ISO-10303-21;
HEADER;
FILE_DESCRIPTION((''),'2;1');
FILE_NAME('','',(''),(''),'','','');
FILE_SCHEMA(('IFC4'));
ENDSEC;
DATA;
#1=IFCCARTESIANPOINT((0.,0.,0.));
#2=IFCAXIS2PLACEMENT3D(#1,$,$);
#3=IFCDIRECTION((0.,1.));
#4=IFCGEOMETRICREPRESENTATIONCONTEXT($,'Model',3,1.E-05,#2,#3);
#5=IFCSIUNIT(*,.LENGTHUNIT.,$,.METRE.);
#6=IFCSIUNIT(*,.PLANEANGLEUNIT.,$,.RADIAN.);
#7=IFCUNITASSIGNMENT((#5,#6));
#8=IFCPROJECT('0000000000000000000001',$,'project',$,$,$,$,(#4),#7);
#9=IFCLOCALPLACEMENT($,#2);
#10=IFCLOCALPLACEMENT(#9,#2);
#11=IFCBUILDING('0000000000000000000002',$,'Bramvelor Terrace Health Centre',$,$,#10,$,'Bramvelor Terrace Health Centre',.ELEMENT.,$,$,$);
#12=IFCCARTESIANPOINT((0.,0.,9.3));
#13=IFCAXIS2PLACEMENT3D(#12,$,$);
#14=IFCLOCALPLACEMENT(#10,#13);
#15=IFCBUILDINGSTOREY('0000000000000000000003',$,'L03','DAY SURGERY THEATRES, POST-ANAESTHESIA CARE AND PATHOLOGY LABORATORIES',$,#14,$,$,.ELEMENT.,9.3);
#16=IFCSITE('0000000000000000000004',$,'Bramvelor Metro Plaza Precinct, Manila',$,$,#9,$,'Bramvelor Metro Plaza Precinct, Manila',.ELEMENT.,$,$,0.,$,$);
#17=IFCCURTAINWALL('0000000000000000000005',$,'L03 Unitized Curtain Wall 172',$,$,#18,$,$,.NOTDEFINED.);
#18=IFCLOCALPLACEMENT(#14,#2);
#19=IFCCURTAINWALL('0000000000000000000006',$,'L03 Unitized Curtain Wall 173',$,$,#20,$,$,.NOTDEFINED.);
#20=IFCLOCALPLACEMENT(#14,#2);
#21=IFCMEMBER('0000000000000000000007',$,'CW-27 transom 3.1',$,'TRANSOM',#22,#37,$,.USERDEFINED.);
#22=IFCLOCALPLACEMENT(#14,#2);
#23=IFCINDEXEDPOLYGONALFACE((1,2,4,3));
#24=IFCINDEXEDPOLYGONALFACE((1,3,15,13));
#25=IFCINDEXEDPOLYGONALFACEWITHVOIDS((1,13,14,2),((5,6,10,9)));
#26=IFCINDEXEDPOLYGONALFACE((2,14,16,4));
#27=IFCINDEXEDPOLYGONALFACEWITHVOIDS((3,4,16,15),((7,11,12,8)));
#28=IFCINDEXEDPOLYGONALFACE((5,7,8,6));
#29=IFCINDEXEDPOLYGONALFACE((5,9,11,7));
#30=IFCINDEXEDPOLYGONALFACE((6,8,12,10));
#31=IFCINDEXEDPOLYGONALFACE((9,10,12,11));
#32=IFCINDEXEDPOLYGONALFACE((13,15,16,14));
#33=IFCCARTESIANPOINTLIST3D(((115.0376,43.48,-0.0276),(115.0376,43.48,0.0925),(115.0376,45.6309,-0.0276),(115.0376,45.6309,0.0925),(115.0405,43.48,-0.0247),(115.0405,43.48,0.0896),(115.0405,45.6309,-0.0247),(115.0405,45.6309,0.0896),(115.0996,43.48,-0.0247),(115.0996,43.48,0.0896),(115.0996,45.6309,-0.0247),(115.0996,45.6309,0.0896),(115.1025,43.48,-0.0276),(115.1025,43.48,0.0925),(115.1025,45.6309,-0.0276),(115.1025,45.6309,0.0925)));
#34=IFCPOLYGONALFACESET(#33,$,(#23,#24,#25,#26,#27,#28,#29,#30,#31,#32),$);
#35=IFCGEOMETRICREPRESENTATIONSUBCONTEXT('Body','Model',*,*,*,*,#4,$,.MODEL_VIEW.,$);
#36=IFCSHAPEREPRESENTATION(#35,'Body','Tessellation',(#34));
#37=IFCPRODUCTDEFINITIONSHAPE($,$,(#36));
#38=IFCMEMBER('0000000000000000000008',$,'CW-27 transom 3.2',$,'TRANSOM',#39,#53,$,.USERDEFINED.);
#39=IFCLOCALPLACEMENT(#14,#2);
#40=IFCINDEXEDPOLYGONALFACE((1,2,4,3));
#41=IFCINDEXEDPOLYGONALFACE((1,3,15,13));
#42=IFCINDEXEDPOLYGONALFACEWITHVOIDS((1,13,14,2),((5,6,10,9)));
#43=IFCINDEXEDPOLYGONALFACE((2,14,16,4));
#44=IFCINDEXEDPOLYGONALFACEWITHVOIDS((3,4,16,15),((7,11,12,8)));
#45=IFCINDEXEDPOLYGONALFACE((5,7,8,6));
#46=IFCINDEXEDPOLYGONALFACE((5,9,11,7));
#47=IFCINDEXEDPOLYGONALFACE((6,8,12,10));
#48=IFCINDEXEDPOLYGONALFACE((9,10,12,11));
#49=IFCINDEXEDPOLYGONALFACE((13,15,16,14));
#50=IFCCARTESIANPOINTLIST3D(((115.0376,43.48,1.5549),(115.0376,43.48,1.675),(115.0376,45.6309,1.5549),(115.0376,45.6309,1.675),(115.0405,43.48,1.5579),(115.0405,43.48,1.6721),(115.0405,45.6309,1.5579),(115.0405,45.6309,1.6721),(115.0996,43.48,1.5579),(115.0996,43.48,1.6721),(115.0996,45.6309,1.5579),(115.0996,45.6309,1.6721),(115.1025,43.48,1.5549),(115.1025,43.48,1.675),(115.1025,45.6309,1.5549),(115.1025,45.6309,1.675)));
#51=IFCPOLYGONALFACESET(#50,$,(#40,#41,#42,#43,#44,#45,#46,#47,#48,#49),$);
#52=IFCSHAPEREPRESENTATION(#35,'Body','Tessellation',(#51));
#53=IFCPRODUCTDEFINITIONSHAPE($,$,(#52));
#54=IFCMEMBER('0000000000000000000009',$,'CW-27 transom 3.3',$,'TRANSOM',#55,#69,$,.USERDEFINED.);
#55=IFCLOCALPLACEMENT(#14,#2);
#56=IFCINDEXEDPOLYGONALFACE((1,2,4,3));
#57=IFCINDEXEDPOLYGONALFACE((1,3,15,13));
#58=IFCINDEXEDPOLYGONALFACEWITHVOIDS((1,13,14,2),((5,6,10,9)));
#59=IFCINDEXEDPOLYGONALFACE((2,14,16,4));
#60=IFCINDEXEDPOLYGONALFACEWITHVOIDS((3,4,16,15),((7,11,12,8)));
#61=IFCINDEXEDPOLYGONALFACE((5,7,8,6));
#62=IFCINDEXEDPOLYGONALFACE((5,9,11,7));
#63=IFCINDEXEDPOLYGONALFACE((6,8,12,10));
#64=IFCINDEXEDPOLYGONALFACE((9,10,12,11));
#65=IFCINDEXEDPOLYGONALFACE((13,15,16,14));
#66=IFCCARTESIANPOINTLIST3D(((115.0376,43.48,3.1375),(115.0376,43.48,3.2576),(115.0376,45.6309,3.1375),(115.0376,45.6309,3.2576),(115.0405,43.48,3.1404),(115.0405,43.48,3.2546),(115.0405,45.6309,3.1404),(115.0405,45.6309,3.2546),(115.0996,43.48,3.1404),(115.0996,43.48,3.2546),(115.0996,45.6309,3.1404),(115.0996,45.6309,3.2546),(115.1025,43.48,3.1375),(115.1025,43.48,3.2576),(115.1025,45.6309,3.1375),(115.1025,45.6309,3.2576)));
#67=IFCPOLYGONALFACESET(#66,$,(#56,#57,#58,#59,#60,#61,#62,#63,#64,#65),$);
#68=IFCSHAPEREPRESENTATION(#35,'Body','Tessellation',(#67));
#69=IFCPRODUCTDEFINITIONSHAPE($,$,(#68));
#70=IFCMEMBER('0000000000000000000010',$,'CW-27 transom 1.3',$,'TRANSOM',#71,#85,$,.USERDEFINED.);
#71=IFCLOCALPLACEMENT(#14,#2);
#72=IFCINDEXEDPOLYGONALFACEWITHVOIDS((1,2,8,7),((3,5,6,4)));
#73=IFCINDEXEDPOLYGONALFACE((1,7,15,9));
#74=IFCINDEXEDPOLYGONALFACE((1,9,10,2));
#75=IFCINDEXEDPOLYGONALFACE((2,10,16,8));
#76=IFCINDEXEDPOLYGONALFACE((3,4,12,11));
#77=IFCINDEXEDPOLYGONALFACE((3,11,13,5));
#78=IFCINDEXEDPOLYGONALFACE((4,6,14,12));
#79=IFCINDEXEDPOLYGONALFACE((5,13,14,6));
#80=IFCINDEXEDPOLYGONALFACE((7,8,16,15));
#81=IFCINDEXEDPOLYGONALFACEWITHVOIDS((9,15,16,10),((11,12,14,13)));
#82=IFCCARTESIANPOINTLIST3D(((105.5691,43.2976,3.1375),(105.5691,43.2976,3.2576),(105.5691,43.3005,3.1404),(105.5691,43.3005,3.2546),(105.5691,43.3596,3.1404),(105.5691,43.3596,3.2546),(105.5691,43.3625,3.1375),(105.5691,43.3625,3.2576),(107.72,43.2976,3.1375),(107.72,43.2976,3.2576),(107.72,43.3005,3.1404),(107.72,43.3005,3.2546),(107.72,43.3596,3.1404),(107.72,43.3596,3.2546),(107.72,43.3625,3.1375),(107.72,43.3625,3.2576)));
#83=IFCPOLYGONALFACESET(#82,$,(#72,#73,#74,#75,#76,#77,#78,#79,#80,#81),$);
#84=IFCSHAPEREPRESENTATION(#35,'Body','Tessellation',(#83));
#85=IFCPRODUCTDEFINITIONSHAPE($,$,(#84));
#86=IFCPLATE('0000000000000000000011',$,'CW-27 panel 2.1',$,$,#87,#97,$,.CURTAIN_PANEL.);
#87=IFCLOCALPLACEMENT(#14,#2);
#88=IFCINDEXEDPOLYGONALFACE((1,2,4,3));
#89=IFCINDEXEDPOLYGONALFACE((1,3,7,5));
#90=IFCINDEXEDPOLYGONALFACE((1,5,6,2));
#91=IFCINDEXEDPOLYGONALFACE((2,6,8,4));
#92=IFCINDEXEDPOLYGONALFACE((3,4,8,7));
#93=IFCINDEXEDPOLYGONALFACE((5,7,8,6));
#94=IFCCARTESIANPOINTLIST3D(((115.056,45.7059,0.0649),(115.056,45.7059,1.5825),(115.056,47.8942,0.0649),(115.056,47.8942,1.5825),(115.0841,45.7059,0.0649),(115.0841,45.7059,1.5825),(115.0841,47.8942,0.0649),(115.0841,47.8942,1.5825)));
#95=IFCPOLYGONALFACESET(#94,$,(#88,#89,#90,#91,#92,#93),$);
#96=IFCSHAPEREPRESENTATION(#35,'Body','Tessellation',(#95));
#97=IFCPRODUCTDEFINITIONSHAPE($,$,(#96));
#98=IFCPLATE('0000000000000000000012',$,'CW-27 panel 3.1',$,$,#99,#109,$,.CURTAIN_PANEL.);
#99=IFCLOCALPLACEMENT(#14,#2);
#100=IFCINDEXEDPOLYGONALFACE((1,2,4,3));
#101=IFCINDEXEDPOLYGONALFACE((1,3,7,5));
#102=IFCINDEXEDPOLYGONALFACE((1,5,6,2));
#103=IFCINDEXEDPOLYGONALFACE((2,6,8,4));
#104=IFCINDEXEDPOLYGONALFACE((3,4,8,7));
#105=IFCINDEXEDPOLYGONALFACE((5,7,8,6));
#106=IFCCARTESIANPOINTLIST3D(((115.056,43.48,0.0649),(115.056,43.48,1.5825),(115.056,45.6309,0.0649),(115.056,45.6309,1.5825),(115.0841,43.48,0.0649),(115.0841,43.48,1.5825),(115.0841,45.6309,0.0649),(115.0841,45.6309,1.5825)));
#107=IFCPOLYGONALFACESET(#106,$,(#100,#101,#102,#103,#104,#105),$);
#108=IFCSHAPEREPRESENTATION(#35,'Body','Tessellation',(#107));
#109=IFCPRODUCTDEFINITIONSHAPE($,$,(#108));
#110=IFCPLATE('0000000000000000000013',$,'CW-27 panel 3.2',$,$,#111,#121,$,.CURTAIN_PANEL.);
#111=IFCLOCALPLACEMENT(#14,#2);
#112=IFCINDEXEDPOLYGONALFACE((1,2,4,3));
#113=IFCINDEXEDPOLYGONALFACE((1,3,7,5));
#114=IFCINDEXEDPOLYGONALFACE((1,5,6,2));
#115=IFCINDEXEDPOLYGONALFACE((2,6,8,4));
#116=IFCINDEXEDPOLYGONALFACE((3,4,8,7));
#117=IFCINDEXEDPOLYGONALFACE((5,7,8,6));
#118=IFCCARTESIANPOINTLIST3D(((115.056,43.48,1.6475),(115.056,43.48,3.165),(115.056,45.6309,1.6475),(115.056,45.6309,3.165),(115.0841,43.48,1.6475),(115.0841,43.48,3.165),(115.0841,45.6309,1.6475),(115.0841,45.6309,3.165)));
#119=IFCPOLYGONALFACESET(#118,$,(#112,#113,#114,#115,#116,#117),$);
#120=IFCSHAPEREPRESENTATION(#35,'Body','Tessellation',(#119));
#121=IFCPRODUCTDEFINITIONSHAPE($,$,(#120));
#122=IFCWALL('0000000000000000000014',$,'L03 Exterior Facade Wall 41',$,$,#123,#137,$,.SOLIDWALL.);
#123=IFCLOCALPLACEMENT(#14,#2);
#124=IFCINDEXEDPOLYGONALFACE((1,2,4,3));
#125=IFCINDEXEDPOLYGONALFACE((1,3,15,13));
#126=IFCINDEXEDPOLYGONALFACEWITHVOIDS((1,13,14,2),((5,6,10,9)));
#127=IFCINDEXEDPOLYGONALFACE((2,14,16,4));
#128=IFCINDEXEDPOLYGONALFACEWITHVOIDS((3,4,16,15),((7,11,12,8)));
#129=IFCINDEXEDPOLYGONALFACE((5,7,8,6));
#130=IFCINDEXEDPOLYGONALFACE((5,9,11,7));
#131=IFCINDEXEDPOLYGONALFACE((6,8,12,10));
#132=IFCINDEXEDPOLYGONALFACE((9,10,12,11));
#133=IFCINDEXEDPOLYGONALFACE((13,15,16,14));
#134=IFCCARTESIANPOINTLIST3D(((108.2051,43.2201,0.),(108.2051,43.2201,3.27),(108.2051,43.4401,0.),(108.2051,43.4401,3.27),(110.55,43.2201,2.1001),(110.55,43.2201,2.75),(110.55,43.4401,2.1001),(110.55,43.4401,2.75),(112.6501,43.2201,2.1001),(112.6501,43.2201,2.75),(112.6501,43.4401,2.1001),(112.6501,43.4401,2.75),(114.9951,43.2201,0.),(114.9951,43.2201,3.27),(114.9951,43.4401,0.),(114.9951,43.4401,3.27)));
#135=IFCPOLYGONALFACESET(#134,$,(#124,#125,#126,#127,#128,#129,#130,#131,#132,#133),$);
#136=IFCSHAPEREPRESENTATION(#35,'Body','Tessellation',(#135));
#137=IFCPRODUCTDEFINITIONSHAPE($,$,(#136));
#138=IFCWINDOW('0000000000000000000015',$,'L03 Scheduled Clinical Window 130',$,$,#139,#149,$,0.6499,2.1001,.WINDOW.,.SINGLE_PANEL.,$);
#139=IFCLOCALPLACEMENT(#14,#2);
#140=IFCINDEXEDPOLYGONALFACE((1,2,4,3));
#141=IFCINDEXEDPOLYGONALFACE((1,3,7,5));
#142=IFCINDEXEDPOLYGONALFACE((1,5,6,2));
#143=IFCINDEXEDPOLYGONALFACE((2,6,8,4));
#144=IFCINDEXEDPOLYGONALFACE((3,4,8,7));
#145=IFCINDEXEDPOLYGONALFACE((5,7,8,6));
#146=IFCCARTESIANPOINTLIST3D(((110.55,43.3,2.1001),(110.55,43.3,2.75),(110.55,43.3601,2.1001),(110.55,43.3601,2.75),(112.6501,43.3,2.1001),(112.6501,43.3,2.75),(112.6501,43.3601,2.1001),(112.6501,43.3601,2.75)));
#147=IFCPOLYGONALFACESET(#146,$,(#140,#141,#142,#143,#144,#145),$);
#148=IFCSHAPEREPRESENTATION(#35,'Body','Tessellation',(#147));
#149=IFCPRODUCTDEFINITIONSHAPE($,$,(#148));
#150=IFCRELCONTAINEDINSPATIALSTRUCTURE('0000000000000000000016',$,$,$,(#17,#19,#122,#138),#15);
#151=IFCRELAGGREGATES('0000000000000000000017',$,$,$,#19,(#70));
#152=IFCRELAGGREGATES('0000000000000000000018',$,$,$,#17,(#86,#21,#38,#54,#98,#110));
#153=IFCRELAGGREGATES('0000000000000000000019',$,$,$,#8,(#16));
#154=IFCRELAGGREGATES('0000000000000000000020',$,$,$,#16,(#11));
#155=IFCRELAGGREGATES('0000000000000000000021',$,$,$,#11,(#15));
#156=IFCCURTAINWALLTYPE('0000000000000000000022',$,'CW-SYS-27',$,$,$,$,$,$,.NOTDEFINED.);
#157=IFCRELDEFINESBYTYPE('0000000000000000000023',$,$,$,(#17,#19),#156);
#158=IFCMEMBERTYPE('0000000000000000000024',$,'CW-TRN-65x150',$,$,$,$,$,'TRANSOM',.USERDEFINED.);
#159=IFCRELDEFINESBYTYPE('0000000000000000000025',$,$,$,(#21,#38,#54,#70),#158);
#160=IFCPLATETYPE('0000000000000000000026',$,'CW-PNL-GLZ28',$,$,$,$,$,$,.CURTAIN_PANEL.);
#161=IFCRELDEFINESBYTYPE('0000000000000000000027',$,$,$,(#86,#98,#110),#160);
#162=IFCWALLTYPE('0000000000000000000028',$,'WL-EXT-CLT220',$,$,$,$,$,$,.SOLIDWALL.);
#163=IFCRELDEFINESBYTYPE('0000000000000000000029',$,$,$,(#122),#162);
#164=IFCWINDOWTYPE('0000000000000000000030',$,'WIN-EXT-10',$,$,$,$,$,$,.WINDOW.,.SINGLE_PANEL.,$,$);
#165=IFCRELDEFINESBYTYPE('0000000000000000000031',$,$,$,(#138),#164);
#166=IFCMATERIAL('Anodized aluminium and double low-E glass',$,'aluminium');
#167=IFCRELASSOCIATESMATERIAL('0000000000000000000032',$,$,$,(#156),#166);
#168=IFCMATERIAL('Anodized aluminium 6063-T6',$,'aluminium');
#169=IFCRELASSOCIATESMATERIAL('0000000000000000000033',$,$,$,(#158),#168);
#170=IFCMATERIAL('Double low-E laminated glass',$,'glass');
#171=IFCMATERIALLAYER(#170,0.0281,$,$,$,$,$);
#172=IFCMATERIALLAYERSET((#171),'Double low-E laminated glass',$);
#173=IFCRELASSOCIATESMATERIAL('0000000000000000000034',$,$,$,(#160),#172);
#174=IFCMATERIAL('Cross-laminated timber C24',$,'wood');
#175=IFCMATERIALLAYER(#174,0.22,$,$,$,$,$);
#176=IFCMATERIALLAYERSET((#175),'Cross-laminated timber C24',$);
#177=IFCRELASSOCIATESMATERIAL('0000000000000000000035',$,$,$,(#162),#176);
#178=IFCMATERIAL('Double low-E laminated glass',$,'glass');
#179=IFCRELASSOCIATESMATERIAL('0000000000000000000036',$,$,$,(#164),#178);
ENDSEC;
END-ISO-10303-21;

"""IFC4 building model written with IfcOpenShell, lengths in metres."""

from ifc_helpers import new_model, si_unit, direction, frame, frame_2d, origin, origin_2d, place, context, subcontext, project, spatial, rectangle, hollow_rectangle, extrude, material, layer, layer_set, material_profile, profile_set, type_object, element, fill, aggregate, save


model = new_model("IFC4")

# Units and contexts
model_context = context("Model", 3, precision=1e-05, world=origin(), true_north=direction((0.0, 1.0)))
body_context = subcontext(model_context, "Body", "Model", "MODEL_VIEW")
ifc_project = project(units=[si_unit("LENGTHUNIT", "METRE"), si_unit("PLANEANGLEUNIT", "RADIAN")], contexts=[model_context])

# Site, building, storey
site_placement = place(None, origin())
site = spatial("IfcSite", under=ifc_project, at=site_placement, Name="Bramvelor Metro Plaza Precinct, Manila", LongName="Bramvelor Metro Plaza Precinct, Manila", CompositionType="ELEMENT", RefElevation=0.0)
building_placement = place(site_placement, origin())
building = spatial("IfcBuilding", under=site, at=building_placement, Name="Bramvelor Terrace Health Centre", LongName="Bramvelor Terrace Health Centre", CompositionType="ELEMENT")
storey_placement = place(building_placement, frame((0.0, 0.0, 9.3)))
storey = spatial("IfcBuildingStorey", under=building, at=storey_placement, Name="L03", Description="DAY SURGERY THEATRES, POST-ANAESTHESIA CARE AND PATHOLOGY LABORATORIES", CompositionType="ELEMENT", Elevation=9.3)

# Curtain wall
ifc_material_1 = material(Name="Anodized aluminium and double low-E glass", Category="aluminium")
curtain_wall_type = type_object("IfcCurtainWallType", Name="CW-SYS-27", PredefinedType="NOTDEFINED", material=ifc_material_1)
curtain_wall_1_placement = place(storey_placement, origin())
curtain_wall_1 = element("IfcCurtainWall", 1, at=curtain_wall_1_placement, inside=storey, type_object=curtain_wall_type, Name="L03 Unitized Curtain Wall 172", PredefinedType="NOTDEFINED")

# Curtain wall
curtain_wall_2_placement = place(storey_placement, origin())
curtain_wall_2 = element("IfcCurtainWall", 2, at=curtain_wall_2_placement, inside=storey, type_object=curtain_wall_type, Name="L03 Unitized Curtain Wall 173", PredefinedType="NOTDEFINED")

# Members
ifc_material_2 = material(Name="Anodized aluminium 6063-T6", Category="aluminium")
ifc_material_profile_1 = material_profile(ifc_material_2, hollow_rectangle(XDim=0.0649, YDim=0.1201, WallThickness=0.0029, at=origin_2d()), Name="ALU-TRN 65x120x3.0")
ifc_profile_set_1 = profile_set([ifc_material_profile_1], Name="Anodized aluminium 6063-T6")
member_type_1 = type_object("IfcMemberType", Name="CW-TRN-65x150", ElementType="TRANSOM", PredefinedType="USERDEFINED", material=ifc_profile_set_1)
member_1_placement = place(storey_placement, frame((115.0701, 45.6309, 0.0325), z_axis=(0.0, -1.0, 0.0), x_axis=(1.0, 0.0, 0.0)))
member_1 = element("IfcMember", 3, at=member_1_placement, type_object=member_type_1, Name="CW-27 transom 3.1", ObjectType="TRANSOM", PredefinedType="USERDEFINED", context=body_context, shape_type="SweptSolid", body=[
    extrude(hollow_rectangle(XDim=0.0649, YDim=0.1201, WallThickness=0.0029, at=origin_2d()), origin(), (0.0, 0.0, 1.0), 2.1509),
])
member_2_placement = place(storey_placement, frame((115.0701, 45.6309, 1.615), z_axis=(0.0, -1.0, 0.0), x_axis=(1.0, 0.0, 0.0)))
member_2 = element("IfcMember", 4, at=member_2_placement, type_object=member_type_1, Name="CW-27 transom 3.2", ObjectType="TRANSOM", PredefinedType="USERDEFINED", context=body_context, shape_type="SweptSolid", body=[
    extrude(hollow_rectangle(XDim=0.0649, YDim=0.1201, WallThickness=0.0029, at=origin_2d()), origin(), (0.0, 0.0, 1.0), 2.1509),
])
member_3_placement = place(storey_placement, frame((115.0701, 45.6309, 3.1975), z_axis=(0.0, -1.0, 0.0), x_axis=(1.0, 0.0, 0.0)))
member_3 = element("IfcMember", 5, at=member_3_placement, type_object=member_type_1, Name="CW-27 transom 3.3", ObjectType="TRANSOM", PredefinedType="USERDEFINED", context=body_context, shape_type="SweptSolid", body=[
    extrude(hollow_rectangle(XDim=0.0649, YDim=0.1201, WallThickness=0.0029, at=origin_2d()), origin(), (0.0, 0.0, 1.0), 2.1509),
])
member_4_placement = place(storey_placement, frame((107.72, 43.3301, 3.1975), z_axis=(-1.0, 0.0, 0.0), x_axis=(0.0, -1.0, 0.0)))
member_4 = element("IfcMember", 6, at=member_4_placement, type_object=member_type_1, Name="CW-27 transom 1.3", ObjectType="TRANSOM", PredefinedType="USERDEFINED", context=body_context, shape_type="SweptSolid", body=[
    extrude(hollow_rectangle(XDim=0.0649, YDim=0.1201, WallThickness=0.0029, at=origin_2d()), origin(), (0.0, 0.0, 1.0), 2.1509),
])
aggregate(curtain_wall_2, [member_4])

# Plates
ifc_material_3 = material(Name="Double low-E laminated glass", Category="glass")
ifc_layer_1 = layer(ifc_material_3, 0.0281)
ifc_layer_set_1 = layer_set([ifc_layer_1], Name="Double low-E laminated glass")
plate_type = type_object("IfcPlateType", Name="CW-PNL-GLZ28", PredefinedType="CURTAIN_PANEL", material=ifc_layer_set_1)
plate_1_placement = place(storey_placement, frame((115.0701, 46.8, 0.0649), z_axis=(0.0, 0.0, 1.0), x_axis=(0.0, -1.0, 0.0)))
plate_1 = element("IfcPlate", 7, at=plate_1_placement, type_object=plate_type, Name="CW-27 panel 2.1", PredefinedType="CURTAIN_PANEL", context=body_context, shape_type="SweptSolid", body=[
    extrude(rectangle(XDim=2.1882, YDim=0.0281, at=origin_2d()), origin(), (0.0, 0.0, 1.0), 1.5176),
])
plate_2_placement = place(storey_placement, frame((115.0701, 44.5554, 0.0649), z_axis=(0.0, 0.0, 1.0), x_axis=(0.0, -1.0, 0.0)))
plate_2 = element("IfcPlate", 8, at=plate_2_placement, type_object=plate_type, Name="CW-27 panel 3.1", PredefinedType="CURTAIN_PANEL", context=body_context, shape_type="SweptSolid", body=[
    extrude(rectangle(XDim=2.1509, YDim=0.0281, at=origin_2d()), origin(), (0.0, 0.0, 1.0), 1.5176),
])
plate_3_placement = place(storey_placement, frame((115.0701, 44.5554, 1.6475), z_axis=(0.0, 0.0, 1.0), x_axis=(0.0, -1.0, 0.0)))
plate_3 = element("IfcPlate", 9, at=plate_3_placement, type_object=plate_type, Name="CW-27 panel 3.2", PredefinedType="CURTAIN_PANEL", context=body_context, shape_type="SweptSolid", body=[
    extrude(rectangle(XDim=2.1509, YDim=0.0281, at=origin_2d()), origin(), (0.0, 0.0, 1.0), 1.5176),
])
aggregate(curtain_wall_1, [plate_1, member_1, member_2, member_3, plate_2, plate_3])

# Wall, opening, window
ifc_material_4 = material(Name="Cross-laminated timber C24", Category="wood")
ifc_layer_2 = layer(ifc_material_4, 0.22)
ifc_layer_set_2 = layer_set([ifc_layer_2], Name="Cross-laminated timber C24")
wall_type = type_object("IfcWallType", Name="WL-EXT-CLT220", PredefinedType="SOLIDWALL", material=ifc_layer_set_2)
wall_placement = place(storey_placement, frame((114.9951, 43.3301, 0.0), z_axis=(0.0, 0.0, 1.0), x_axis=(-1.0, 0.0, 0.0)))
wall = element("IfcWall", 10, at=wall_placement, inside=storey, type_object=wall_type, Name="L03 Exterior Facade Wall 41", PredefinedType="SOLIDWALL", context=body_context, shape_type="SweptSolid", body=[
    extrude(rectangle(XDim=6.79, YDim=0.22, at=frame_2d((3.395, 0.0))), origin(), (0.0, 0.0, 1.0), 3.27),
])
opening_placement = place(wall_placement, frame((2.345, 0.0, 2.1001)))
opening = element("IfcOpeningElement", 11, at=opening_placement, cuts=wall, PredefinedType="OPENING", context=body_context, shape_type="SweptSolid", body=[
    extrude(rectangle(XDim=2.1001, YDim=0.6499, at=frame_2d((1.05, 0.325))), frame((0.0, 0.1199, 0.0), z_axis=(0.0, -1.0, 0.0), x_axis=(1.0, 0.0, 0.0)), (0.0, 0.0, 1.0), 0.24),
])
ifc_material_5 = material(Name="Double low-E laminated glass", Category="glass")
window_type = type_object("IfcWindowType", Name="WIN-EXT-10", PartitioningType="SINGLE_PANEL", PredefinedType="WINDOW", material=ifc_material_5)
window_placement = place(opening_placement, origin())
window = element("IfcWindow", 12, at=window_placement, inside=storey, type_object=window_type, Name="L03 Scheduled Clinical Window 130", OverallHeight=0.6499, OverallWidth=2.1001, PartitioningType="SINGLE_PANEL", PredefinedType="WINDOW", context=body_context, shape_type="SweptSolid", body=[
    extrude(rectangle(XDim=2.1001, YDim=0.6499, at=frame_2d((1.05, 0.325))), frame((0.0, 0.03, 0.0), z_axis=(0.0, -1.0, 0.0), x_axis=(1.0, 0.0, 0.0)), (0.0, 0.0, 1.0), 0.0601),
])
fill(opening, window)

save(model, "model.ifc")
